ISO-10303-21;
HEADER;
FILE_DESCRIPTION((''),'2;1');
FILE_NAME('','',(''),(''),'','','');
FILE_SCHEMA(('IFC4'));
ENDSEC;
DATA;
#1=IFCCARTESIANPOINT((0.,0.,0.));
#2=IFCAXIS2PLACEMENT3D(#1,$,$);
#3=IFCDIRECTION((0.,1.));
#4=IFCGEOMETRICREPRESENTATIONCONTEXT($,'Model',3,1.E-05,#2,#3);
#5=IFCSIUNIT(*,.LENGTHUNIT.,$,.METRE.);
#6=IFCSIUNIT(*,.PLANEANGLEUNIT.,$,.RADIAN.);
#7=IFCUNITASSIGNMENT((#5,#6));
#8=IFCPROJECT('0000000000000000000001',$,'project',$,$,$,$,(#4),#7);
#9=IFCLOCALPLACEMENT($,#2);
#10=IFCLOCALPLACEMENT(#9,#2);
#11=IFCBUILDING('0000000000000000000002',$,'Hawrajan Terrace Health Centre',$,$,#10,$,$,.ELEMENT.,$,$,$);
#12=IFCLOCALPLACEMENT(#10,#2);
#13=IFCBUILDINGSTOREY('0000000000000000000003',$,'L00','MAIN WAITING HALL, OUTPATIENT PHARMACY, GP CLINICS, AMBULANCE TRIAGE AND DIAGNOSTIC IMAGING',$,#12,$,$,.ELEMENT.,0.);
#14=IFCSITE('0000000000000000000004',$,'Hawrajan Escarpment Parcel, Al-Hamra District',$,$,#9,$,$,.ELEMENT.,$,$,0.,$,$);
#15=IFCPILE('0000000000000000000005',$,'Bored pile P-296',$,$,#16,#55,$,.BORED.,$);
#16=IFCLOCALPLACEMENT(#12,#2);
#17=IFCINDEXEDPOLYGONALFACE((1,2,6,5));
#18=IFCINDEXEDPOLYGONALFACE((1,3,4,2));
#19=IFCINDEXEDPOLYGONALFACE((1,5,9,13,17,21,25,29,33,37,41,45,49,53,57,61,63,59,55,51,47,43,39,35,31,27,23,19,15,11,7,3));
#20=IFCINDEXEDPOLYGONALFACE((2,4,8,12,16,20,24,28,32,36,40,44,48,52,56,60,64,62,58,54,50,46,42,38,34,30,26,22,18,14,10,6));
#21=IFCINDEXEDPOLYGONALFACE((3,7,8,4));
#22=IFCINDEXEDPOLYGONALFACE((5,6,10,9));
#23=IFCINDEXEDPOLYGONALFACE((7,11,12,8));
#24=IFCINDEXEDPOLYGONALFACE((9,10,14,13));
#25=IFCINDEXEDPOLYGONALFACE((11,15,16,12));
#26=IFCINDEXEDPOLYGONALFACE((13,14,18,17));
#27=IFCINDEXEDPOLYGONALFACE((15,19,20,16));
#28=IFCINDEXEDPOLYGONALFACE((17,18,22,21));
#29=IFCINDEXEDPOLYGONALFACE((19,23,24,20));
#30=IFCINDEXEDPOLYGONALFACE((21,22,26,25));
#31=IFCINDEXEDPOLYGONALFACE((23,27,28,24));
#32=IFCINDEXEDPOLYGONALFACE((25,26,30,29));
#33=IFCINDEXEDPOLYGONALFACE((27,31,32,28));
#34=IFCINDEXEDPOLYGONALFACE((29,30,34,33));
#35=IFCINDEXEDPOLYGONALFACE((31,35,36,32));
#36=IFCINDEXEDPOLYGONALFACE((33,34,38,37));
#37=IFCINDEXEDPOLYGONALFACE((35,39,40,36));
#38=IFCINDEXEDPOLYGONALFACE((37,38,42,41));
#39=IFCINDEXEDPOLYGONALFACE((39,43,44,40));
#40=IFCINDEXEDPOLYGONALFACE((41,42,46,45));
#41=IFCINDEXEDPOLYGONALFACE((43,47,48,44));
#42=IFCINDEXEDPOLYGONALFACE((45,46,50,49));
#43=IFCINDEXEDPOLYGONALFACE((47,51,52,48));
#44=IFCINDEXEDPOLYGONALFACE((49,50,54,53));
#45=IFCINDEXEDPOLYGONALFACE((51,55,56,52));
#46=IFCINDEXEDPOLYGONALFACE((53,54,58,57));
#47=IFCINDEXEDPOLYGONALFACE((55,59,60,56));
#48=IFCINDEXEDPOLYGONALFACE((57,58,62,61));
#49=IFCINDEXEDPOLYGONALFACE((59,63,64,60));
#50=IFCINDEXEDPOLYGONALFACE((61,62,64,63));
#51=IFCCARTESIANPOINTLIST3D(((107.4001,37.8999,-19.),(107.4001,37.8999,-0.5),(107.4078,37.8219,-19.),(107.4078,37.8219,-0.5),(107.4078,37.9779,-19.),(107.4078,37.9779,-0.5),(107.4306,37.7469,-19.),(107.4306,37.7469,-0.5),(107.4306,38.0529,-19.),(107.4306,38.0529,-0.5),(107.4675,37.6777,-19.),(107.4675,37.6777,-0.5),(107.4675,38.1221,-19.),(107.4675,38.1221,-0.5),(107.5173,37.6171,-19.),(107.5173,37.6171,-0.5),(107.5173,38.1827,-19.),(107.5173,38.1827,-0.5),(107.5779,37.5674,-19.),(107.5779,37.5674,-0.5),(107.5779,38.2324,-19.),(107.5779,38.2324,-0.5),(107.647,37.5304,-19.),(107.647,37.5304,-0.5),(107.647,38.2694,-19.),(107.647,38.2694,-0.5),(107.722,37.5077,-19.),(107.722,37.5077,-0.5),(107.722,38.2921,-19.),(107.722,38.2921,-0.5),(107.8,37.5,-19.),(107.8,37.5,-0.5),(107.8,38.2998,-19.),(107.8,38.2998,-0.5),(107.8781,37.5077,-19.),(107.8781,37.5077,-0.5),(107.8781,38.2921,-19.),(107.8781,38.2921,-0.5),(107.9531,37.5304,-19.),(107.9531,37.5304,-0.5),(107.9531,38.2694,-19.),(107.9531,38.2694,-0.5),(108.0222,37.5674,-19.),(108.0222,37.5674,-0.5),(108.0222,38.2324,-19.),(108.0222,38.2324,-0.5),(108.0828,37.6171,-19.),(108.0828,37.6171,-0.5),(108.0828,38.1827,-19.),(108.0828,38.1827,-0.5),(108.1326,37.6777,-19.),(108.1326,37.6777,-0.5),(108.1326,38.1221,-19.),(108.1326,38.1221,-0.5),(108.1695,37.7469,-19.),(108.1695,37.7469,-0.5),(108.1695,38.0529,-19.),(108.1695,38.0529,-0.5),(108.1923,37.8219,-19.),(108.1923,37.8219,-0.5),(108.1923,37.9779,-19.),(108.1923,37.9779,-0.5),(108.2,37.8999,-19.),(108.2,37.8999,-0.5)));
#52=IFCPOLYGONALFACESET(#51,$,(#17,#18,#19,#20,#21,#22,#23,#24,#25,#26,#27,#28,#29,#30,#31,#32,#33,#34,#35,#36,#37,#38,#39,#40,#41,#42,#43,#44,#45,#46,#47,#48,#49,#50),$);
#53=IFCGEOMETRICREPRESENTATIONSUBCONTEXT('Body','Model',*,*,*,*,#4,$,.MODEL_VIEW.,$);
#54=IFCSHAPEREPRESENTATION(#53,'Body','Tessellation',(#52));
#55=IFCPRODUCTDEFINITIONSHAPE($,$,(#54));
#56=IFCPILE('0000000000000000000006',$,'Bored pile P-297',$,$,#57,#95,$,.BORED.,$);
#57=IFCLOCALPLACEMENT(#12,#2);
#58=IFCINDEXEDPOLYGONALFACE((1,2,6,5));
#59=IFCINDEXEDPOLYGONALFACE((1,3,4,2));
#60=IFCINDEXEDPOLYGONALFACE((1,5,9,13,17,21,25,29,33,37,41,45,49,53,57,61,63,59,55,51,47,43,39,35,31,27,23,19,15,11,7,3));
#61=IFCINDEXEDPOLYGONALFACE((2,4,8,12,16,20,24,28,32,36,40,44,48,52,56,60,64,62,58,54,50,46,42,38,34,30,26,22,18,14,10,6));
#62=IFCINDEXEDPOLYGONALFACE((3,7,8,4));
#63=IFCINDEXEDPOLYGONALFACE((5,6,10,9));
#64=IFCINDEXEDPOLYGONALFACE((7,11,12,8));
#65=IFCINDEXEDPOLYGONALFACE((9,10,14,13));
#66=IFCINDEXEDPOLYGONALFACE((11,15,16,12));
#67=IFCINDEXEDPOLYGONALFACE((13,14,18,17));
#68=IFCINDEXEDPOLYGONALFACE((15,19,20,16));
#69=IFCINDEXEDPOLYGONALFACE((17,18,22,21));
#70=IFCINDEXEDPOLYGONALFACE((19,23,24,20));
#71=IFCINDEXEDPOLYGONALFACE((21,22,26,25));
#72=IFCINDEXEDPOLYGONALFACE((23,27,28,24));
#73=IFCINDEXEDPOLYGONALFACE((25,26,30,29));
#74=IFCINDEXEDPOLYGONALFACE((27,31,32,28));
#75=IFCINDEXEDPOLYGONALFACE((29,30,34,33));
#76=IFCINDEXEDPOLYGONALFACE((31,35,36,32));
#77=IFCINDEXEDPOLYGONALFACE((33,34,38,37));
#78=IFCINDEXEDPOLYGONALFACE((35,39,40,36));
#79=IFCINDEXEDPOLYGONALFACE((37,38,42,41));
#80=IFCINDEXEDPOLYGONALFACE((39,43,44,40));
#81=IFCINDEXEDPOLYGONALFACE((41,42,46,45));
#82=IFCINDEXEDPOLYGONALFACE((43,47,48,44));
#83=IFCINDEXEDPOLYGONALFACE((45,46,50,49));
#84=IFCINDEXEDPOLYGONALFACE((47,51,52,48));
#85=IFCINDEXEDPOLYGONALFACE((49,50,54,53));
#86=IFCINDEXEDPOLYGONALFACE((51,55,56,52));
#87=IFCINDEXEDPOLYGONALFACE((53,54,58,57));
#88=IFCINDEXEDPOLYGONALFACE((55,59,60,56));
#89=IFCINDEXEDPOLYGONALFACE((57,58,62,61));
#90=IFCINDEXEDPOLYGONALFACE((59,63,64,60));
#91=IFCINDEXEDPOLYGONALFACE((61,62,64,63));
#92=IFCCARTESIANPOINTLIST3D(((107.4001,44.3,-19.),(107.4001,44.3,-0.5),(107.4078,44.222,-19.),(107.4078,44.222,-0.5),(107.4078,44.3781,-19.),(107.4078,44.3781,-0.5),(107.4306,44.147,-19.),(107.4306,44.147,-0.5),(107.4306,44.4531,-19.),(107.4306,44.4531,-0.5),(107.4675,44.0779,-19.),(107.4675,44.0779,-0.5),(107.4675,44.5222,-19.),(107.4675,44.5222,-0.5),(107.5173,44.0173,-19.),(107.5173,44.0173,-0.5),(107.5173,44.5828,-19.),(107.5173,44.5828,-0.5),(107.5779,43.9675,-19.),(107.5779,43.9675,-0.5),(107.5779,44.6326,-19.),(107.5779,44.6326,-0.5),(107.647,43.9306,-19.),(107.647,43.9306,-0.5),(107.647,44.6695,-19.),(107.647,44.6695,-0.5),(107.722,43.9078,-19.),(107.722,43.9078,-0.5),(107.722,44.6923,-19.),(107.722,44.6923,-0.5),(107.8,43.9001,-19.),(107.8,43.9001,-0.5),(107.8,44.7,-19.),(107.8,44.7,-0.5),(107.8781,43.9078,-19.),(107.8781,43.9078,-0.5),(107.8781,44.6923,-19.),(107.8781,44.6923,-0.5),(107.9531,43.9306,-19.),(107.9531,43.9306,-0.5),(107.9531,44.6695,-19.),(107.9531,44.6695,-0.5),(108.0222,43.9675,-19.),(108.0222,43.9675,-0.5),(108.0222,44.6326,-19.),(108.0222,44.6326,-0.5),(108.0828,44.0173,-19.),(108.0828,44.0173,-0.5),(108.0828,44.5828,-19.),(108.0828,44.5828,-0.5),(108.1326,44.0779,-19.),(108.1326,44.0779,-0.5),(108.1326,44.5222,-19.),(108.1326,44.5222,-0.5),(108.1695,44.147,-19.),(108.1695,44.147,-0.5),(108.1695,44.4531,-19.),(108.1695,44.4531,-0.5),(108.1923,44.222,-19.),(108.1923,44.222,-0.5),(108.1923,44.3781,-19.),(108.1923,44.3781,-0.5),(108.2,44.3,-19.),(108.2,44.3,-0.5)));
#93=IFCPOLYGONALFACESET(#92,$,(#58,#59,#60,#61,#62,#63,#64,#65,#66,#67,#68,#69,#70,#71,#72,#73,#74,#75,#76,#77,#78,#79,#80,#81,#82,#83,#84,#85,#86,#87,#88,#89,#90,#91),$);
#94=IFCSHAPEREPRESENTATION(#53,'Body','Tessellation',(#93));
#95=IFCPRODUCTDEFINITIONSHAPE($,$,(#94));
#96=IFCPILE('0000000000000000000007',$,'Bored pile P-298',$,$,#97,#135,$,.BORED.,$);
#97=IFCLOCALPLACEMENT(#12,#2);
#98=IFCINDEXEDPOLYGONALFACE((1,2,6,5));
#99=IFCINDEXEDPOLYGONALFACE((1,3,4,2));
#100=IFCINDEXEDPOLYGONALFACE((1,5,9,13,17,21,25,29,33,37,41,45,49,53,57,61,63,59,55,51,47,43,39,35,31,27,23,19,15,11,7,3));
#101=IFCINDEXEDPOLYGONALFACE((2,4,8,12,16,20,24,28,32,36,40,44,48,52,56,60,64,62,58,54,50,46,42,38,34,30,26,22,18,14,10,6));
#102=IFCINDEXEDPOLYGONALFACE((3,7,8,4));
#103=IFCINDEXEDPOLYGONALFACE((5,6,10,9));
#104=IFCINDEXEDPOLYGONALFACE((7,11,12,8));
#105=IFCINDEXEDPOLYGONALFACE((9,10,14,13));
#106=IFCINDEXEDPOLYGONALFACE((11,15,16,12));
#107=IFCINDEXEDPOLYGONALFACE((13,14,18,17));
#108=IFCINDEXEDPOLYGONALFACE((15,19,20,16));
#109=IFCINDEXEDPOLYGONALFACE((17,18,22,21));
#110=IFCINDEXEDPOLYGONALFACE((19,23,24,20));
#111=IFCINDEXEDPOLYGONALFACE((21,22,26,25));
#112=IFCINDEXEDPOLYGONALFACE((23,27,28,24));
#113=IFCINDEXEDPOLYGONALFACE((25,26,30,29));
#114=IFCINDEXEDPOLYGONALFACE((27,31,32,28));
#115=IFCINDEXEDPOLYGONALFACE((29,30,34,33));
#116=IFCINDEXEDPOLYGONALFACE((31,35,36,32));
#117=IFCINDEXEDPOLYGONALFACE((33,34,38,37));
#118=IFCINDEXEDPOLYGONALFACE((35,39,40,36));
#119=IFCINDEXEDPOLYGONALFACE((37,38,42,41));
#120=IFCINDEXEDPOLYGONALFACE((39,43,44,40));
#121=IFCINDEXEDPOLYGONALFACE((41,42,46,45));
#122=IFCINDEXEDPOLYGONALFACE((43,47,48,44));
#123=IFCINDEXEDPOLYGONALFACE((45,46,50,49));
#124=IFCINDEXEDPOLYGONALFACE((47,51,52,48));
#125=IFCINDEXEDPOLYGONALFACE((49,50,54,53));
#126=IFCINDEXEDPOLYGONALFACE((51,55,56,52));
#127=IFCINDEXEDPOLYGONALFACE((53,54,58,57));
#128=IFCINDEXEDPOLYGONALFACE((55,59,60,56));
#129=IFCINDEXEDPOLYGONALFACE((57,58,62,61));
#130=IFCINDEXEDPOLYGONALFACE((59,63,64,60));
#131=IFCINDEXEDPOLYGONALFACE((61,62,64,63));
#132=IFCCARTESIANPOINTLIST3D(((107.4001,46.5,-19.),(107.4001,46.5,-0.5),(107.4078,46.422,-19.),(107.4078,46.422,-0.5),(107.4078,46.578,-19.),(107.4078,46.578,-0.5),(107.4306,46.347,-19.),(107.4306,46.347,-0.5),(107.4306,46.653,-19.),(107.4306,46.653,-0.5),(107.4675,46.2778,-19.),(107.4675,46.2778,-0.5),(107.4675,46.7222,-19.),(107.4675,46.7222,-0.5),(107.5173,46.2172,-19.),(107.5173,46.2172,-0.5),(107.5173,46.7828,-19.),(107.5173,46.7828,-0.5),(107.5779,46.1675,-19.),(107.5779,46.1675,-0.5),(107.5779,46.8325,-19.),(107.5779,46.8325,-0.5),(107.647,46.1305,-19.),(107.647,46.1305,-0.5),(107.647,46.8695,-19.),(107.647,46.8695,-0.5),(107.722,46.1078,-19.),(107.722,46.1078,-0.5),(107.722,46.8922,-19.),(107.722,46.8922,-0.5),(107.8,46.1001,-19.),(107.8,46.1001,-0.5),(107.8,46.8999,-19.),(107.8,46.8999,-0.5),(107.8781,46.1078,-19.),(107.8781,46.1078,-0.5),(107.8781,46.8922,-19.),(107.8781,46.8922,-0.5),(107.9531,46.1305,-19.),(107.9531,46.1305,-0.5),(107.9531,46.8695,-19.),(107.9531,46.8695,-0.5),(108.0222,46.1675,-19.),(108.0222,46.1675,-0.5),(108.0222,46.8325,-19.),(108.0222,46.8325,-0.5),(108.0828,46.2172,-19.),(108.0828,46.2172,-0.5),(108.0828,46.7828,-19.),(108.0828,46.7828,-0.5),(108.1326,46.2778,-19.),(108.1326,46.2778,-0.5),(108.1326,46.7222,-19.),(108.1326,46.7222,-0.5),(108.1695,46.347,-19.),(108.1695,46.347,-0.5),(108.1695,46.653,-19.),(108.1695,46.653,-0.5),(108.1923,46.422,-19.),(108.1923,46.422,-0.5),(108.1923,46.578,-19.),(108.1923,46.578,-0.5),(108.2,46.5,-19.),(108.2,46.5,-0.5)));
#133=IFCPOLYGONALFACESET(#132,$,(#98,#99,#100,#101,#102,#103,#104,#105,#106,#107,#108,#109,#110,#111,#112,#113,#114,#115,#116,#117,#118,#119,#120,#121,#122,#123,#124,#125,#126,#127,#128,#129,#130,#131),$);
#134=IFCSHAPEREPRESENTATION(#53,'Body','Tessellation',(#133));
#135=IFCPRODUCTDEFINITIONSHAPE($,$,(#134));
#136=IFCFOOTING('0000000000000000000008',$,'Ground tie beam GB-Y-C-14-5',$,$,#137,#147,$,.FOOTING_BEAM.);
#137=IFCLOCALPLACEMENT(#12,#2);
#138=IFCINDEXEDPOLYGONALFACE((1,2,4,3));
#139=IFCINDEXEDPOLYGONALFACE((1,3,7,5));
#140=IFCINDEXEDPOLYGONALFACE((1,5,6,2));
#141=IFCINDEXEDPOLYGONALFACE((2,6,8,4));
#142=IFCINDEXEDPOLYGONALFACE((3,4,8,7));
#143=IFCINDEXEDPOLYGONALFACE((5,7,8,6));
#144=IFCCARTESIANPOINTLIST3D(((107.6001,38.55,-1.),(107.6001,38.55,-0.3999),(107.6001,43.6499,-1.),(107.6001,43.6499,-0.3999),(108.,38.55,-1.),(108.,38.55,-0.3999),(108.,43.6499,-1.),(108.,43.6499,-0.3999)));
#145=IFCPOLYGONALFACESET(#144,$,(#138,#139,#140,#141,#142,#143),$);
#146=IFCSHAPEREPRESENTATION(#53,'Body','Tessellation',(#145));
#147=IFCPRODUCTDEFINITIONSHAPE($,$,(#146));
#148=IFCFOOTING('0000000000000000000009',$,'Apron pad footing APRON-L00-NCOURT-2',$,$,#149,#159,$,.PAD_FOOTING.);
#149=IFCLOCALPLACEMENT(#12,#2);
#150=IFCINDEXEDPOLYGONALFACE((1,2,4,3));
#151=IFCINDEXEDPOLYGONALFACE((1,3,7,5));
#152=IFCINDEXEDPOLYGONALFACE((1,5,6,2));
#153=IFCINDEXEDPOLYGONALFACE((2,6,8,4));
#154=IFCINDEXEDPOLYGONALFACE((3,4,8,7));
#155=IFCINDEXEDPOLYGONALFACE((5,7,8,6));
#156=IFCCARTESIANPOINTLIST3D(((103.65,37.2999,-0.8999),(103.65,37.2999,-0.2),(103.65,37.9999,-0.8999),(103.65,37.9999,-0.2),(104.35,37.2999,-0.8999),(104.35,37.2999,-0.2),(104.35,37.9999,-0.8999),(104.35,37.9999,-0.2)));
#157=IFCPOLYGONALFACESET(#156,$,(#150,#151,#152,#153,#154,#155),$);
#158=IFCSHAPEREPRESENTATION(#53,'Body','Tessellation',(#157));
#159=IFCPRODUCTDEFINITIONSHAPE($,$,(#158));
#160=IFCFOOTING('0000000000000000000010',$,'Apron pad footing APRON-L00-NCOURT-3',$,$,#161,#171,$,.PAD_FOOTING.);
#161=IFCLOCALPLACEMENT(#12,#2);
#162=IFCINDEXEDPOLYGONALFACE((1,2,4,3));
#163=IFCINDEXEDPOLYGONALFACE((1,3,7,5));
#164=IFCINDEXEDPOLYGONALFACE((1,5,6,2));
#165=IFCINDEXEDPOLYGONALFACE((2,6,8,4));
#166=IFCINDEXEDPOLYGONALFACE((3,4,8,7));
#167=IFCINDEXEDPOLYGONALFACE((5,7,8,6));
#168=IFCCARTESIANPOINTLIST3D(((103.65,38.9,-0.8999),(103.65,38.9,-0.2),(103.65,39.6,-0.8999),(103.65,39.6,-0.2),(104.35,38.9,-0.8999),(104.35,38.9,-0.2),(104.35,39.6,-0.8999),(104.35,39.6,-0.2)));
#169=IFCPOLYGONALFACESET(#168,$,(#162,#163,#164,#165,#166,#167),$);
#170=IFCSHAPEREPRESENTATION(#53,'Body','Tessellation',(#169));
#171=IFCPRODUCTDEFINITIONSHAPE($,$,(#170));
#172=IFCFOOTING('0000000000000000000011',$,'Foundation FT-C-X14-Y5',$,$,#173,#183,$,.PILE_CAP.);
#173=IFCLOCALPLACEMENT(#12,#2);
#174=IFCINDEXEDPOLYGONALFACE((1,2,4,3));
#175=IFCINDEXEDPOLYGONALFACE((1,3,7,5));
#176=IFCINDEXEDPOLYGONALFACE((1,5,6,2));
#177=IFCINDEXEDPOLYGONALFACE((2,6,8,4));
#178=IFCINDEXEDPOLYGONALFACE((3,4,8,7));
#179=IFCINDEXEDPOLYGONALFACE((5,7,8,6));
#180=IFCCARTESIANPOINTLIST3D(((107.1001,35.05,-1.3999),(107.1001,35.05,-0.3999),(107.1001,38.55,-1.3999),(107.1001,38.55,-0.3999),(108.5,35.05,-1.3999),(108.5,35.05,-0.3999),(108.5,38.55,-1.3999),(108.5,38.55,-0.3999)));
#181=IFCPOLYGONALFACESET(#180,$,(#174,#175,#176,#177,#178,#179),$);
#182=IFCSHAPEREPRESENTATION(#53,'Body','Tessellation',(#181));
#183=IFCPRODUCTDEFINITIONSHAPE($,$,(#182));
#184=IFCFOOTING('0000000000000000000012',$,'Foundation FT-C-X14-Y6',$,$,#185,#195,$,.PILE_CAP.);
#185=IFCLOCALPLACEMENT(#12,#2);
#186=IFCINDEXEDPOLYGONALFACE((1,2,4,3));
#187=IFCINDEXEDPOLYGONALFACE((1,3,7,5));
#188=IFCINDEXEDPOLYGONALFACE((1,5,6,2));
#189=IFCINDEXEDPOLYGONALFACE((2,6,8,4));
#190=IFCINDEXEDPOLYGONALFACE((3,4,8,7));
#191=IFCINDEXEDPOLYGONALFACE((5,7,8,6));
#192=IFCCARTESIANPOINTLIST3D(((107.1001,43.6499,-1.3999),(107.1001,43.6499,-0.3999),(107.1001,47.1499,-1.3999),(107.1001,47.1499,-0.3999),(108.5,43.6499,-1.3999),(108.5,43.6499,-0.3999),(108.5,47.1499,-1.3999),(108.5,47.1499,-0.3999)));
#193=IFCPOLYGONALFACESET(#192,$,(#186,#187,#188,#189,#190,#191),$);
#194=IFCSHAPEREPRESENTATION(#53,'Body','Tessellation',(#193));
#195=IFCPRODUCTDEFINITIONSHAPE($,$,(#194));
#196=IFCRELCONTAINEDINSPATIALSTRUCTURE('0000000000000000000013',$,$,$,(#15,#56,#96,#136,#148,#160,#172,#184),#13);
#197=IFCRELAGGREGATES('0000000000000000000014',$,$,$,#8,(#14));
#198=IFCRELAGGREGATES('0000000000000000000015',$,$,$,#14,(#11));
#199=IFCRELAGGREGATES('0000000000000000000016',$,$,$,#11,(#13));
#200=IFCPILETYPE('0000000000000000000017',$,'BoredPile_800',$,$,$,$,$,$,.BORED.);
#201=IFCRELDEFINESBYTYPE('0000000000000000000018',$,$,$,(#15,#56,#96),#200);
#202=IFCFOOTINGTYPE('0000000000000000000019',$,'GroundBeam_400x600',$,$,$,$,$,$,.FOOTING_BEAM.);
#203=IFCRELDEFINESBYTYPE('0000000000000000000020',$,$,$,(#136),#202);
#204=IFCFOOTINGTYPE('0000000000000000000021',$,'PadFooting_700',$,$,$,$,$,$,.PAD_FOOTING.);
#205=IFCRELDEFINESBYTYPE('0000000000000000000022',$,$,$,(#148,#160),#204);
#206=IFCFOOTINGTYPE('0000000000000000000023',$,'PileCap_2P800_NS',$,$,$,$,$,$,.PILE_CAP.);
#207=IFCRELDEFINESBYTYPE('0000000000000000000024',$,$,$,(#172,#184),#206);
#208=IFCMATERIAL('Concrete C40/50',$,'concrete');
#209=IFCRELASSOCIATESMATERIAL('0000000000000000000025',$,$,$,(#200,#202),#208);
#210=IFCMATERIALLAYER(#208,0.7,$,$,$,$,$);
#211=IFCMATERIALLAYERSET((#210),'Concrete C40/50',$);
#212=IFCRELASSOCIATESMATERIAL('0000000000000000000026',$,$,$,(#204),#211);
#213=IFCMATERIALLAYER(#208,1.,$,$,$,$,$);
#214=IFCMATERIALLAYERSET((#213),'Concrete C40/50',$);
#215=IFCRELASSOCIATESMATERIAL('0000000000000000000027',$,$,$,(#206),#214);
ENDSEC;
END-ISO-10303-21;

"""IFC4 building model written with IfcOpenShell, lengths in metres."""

from ifc_helpers import new_model, si_unit, direction, frame, origin, origin_2d, place, context, subcontext, project, spatial, rectangle, circle, extrude, material, layer, layer_set, material_profile, profile_set, type_object, element, save


model = new_model("IFC4")

# Units and contexts
model_context = context("Model", 3, precision=1e-05, world=origin(), true_north=direction((0.0, 1.0)))
body_context = subcontext(model_context, "Body", "Model", "MODEL_VIEW")
ifc_project = project(units=[si_unit("LENGTHUNIT", "METRE"), si_unit("PLANEANGLEUNIT", "RADIAN")], contexts=[model_context])

# Site, building, storey
site_placement = place(None, origin())
site = spatial("IfcSite", under=ifc_project, at=site_placement, Name="Hawrajan Escarpment Parcel, Al-Hamra District", CompositionType="ELEMENT", RefElevation=0.0)
building_placement = place(site_placement, origin())
building = spatial("IfcBuilding", under=site, at=building_placement, Name="Hawrajan Terrace Health Centre", CompositionType="ELEMENT")
storey_placement = place(building_placement, origin())
storey = spatial("IfcBuildingStorey", under=building, at=storey_placement, Name="L00", Description="MAIN WAITING HALL, OUTPATIENT PHARMACY, GP CLINICS, AMBULANCE TRIAGE AND DIAGNOSTIC IMAGING", CompositionType="ELEMENT", Elevation=0.0)

# Piles
ifc_material_1 = material(Name="Concrete C40/50", Category="concrete")
ifc_material_profile_1 = material_profile(ifc_material_1, circle(Radius=0.3999, at=origin_2d()), Name="BP 800")
ifc_profile_set_1 = profile_set([ifc_material_profile_1], Name="Concrete C40/50")
pile_type = type_object("IfcPileType", Name="BoredPile_800", PredefinedType="BORED", material=ifc_profile_set_1)
for number, where, z_axis, x_axis, name in (
    (1, (107.8, 37.8999, -0.5), (0.0, 0.0, -1.0), (1.0, 0.0, 0.0), "Bored pile P-296"),
    (2, (107.8, 44.3, -0.5), (0.0, 0.0, -1.0), (1.0, 0.0, 0.0), "Bored pile P-297"),
    (3, (107.8, 46.5, -0.5), (0.0, 0.0, -1.0), (1.0, 0.0, 0.0), "Bored pile P-298"),
):
    element("IfcPile", number, at=place(storey_placement, frame(where, z_axis=z_axis, x_axis=x_axis)), inside=storey, type_object=pile_type, Name=name, PredefinedType="BORED", context=body_context, shape_type="SweptSolid", body=[
        extrude(circle(Radius=0.3999, at=origin_2d()), origin(), (0.0, 0.0, 1.0), 18.5),
    ])

# Footings
ifc_material_profile_2 = material_profile(ifc_material_1, rectangle(XDim=0.3999, YDim=0.6001, at=origin_2d()), Name="RC BM 400x600")
ifc_profile_set_2 = profile_set([ifc_material_profile_2], Name="Concrete C40/50")
footing_type_1 = type_object("IfcFootingType", Name="GroundBeam_400x600", PredefinedType="FOOTING_BEAM", material=ifc_profile_set_2)
footing_placement = place(storey_placement, frame((107.8, 38.55, -0.7), z_axis=(0.0, 1.0, 0.0), x_axis=(-1.0, 0.0, 0.0)))
element("IfcFooting", 4, at=footing_placement, inside=storey, type_object=footing_type_1, Name="Ground tie beam GB-Y-C-14-5", PredefinedType="FOOTING_BEAM", context=body_context, shape_type="SweptSolid", body=[
    extrude(rectangle(XDim=0.3999, YDim=0.6001, at=origin_2d()), origin(), (0.0, 0.0, 1.0), 5.0999),
])
ifc_layer_1 = layer(ifc_material_1, 0.7)
ifc_layer_set_1 = layer_set([ifc_layer_1], Name="Concrete C40/50")
footing_type_2 = type_object("IfcFootingType", Name="PadFooting_700", PredefinedType="PAD_FOOTING", material=ifc_layer_set_1)
for number, where, z_axis, x_axis, name in (
    (5, (104.0, 37.6499, -0.8999), (0.0, 0.0, 1.0), (1.0, 0.0, 0.0), "Apron pad footing APRON-L00-NCOURT-2"),
    (6, (104.0, 39.25, -0.8999), (0.0, 0.0, 1.0), (1.0, 0.0, 0.0), "Apron pad footing APRON-L00-NCOURT-3"),
):
    element("IfcFooting", number, at=place(storey_placement, frame(where, z_axis=z_axis, x_axis=x_axis)), inside=storey, type_object=footing_type_2, Name=name, PredefinedType="PAD_FOOTING", context=body_context, shape_type="SweptSolid", body=[
        extrude(rectangle(XDim=0.7, YDim=0.7, at=origin_2d()), origin(), (0.0, 0.0, 1.0), 0.7),
    ])
ifc_layer_2 = layer(ifc_material_1, 1.0)
ifc_layer_set_2 = layer_set([ifc_layer_2], Name="Concrete C40/50")
footing_type_3 = type_object("IfcFootingType", Name="PileCap_2P800_NS", PredefinedType="PILE_CAP", material=ifc_layer_set_2)
for number, where, z_axis, x_axis, name in (
    (7, (107.8, 36.8, -1.3999), (0.0, 0.0, 1.0), (1.0, 0.0, 0.0), "Foundation FT-C-X14-Y5"),
    (8, (107.8, 45.3999, -1.3999), (0.0, 0.0, 1.0), (1.0, 0.0, 0.0), "Foundation FT-C-X14-Y6"),
):
    element("IfcFooting", number, at=place(storey_placement, frame(where, z_axis=z_axis, x_axis=x_axis)), inside=storey, type_object=footing_type_3, Name=name, PredefinedType="PILE_CAP", context=body_context, shape_type="SweptSolid", body=[
        extrude(rectangle(XDim=1.3999, YDim=3.5, at=origin_2d()), origin(), (0.0, 0.0, 1.0), 1.0),
    ])

save(model, "model.ifc")
